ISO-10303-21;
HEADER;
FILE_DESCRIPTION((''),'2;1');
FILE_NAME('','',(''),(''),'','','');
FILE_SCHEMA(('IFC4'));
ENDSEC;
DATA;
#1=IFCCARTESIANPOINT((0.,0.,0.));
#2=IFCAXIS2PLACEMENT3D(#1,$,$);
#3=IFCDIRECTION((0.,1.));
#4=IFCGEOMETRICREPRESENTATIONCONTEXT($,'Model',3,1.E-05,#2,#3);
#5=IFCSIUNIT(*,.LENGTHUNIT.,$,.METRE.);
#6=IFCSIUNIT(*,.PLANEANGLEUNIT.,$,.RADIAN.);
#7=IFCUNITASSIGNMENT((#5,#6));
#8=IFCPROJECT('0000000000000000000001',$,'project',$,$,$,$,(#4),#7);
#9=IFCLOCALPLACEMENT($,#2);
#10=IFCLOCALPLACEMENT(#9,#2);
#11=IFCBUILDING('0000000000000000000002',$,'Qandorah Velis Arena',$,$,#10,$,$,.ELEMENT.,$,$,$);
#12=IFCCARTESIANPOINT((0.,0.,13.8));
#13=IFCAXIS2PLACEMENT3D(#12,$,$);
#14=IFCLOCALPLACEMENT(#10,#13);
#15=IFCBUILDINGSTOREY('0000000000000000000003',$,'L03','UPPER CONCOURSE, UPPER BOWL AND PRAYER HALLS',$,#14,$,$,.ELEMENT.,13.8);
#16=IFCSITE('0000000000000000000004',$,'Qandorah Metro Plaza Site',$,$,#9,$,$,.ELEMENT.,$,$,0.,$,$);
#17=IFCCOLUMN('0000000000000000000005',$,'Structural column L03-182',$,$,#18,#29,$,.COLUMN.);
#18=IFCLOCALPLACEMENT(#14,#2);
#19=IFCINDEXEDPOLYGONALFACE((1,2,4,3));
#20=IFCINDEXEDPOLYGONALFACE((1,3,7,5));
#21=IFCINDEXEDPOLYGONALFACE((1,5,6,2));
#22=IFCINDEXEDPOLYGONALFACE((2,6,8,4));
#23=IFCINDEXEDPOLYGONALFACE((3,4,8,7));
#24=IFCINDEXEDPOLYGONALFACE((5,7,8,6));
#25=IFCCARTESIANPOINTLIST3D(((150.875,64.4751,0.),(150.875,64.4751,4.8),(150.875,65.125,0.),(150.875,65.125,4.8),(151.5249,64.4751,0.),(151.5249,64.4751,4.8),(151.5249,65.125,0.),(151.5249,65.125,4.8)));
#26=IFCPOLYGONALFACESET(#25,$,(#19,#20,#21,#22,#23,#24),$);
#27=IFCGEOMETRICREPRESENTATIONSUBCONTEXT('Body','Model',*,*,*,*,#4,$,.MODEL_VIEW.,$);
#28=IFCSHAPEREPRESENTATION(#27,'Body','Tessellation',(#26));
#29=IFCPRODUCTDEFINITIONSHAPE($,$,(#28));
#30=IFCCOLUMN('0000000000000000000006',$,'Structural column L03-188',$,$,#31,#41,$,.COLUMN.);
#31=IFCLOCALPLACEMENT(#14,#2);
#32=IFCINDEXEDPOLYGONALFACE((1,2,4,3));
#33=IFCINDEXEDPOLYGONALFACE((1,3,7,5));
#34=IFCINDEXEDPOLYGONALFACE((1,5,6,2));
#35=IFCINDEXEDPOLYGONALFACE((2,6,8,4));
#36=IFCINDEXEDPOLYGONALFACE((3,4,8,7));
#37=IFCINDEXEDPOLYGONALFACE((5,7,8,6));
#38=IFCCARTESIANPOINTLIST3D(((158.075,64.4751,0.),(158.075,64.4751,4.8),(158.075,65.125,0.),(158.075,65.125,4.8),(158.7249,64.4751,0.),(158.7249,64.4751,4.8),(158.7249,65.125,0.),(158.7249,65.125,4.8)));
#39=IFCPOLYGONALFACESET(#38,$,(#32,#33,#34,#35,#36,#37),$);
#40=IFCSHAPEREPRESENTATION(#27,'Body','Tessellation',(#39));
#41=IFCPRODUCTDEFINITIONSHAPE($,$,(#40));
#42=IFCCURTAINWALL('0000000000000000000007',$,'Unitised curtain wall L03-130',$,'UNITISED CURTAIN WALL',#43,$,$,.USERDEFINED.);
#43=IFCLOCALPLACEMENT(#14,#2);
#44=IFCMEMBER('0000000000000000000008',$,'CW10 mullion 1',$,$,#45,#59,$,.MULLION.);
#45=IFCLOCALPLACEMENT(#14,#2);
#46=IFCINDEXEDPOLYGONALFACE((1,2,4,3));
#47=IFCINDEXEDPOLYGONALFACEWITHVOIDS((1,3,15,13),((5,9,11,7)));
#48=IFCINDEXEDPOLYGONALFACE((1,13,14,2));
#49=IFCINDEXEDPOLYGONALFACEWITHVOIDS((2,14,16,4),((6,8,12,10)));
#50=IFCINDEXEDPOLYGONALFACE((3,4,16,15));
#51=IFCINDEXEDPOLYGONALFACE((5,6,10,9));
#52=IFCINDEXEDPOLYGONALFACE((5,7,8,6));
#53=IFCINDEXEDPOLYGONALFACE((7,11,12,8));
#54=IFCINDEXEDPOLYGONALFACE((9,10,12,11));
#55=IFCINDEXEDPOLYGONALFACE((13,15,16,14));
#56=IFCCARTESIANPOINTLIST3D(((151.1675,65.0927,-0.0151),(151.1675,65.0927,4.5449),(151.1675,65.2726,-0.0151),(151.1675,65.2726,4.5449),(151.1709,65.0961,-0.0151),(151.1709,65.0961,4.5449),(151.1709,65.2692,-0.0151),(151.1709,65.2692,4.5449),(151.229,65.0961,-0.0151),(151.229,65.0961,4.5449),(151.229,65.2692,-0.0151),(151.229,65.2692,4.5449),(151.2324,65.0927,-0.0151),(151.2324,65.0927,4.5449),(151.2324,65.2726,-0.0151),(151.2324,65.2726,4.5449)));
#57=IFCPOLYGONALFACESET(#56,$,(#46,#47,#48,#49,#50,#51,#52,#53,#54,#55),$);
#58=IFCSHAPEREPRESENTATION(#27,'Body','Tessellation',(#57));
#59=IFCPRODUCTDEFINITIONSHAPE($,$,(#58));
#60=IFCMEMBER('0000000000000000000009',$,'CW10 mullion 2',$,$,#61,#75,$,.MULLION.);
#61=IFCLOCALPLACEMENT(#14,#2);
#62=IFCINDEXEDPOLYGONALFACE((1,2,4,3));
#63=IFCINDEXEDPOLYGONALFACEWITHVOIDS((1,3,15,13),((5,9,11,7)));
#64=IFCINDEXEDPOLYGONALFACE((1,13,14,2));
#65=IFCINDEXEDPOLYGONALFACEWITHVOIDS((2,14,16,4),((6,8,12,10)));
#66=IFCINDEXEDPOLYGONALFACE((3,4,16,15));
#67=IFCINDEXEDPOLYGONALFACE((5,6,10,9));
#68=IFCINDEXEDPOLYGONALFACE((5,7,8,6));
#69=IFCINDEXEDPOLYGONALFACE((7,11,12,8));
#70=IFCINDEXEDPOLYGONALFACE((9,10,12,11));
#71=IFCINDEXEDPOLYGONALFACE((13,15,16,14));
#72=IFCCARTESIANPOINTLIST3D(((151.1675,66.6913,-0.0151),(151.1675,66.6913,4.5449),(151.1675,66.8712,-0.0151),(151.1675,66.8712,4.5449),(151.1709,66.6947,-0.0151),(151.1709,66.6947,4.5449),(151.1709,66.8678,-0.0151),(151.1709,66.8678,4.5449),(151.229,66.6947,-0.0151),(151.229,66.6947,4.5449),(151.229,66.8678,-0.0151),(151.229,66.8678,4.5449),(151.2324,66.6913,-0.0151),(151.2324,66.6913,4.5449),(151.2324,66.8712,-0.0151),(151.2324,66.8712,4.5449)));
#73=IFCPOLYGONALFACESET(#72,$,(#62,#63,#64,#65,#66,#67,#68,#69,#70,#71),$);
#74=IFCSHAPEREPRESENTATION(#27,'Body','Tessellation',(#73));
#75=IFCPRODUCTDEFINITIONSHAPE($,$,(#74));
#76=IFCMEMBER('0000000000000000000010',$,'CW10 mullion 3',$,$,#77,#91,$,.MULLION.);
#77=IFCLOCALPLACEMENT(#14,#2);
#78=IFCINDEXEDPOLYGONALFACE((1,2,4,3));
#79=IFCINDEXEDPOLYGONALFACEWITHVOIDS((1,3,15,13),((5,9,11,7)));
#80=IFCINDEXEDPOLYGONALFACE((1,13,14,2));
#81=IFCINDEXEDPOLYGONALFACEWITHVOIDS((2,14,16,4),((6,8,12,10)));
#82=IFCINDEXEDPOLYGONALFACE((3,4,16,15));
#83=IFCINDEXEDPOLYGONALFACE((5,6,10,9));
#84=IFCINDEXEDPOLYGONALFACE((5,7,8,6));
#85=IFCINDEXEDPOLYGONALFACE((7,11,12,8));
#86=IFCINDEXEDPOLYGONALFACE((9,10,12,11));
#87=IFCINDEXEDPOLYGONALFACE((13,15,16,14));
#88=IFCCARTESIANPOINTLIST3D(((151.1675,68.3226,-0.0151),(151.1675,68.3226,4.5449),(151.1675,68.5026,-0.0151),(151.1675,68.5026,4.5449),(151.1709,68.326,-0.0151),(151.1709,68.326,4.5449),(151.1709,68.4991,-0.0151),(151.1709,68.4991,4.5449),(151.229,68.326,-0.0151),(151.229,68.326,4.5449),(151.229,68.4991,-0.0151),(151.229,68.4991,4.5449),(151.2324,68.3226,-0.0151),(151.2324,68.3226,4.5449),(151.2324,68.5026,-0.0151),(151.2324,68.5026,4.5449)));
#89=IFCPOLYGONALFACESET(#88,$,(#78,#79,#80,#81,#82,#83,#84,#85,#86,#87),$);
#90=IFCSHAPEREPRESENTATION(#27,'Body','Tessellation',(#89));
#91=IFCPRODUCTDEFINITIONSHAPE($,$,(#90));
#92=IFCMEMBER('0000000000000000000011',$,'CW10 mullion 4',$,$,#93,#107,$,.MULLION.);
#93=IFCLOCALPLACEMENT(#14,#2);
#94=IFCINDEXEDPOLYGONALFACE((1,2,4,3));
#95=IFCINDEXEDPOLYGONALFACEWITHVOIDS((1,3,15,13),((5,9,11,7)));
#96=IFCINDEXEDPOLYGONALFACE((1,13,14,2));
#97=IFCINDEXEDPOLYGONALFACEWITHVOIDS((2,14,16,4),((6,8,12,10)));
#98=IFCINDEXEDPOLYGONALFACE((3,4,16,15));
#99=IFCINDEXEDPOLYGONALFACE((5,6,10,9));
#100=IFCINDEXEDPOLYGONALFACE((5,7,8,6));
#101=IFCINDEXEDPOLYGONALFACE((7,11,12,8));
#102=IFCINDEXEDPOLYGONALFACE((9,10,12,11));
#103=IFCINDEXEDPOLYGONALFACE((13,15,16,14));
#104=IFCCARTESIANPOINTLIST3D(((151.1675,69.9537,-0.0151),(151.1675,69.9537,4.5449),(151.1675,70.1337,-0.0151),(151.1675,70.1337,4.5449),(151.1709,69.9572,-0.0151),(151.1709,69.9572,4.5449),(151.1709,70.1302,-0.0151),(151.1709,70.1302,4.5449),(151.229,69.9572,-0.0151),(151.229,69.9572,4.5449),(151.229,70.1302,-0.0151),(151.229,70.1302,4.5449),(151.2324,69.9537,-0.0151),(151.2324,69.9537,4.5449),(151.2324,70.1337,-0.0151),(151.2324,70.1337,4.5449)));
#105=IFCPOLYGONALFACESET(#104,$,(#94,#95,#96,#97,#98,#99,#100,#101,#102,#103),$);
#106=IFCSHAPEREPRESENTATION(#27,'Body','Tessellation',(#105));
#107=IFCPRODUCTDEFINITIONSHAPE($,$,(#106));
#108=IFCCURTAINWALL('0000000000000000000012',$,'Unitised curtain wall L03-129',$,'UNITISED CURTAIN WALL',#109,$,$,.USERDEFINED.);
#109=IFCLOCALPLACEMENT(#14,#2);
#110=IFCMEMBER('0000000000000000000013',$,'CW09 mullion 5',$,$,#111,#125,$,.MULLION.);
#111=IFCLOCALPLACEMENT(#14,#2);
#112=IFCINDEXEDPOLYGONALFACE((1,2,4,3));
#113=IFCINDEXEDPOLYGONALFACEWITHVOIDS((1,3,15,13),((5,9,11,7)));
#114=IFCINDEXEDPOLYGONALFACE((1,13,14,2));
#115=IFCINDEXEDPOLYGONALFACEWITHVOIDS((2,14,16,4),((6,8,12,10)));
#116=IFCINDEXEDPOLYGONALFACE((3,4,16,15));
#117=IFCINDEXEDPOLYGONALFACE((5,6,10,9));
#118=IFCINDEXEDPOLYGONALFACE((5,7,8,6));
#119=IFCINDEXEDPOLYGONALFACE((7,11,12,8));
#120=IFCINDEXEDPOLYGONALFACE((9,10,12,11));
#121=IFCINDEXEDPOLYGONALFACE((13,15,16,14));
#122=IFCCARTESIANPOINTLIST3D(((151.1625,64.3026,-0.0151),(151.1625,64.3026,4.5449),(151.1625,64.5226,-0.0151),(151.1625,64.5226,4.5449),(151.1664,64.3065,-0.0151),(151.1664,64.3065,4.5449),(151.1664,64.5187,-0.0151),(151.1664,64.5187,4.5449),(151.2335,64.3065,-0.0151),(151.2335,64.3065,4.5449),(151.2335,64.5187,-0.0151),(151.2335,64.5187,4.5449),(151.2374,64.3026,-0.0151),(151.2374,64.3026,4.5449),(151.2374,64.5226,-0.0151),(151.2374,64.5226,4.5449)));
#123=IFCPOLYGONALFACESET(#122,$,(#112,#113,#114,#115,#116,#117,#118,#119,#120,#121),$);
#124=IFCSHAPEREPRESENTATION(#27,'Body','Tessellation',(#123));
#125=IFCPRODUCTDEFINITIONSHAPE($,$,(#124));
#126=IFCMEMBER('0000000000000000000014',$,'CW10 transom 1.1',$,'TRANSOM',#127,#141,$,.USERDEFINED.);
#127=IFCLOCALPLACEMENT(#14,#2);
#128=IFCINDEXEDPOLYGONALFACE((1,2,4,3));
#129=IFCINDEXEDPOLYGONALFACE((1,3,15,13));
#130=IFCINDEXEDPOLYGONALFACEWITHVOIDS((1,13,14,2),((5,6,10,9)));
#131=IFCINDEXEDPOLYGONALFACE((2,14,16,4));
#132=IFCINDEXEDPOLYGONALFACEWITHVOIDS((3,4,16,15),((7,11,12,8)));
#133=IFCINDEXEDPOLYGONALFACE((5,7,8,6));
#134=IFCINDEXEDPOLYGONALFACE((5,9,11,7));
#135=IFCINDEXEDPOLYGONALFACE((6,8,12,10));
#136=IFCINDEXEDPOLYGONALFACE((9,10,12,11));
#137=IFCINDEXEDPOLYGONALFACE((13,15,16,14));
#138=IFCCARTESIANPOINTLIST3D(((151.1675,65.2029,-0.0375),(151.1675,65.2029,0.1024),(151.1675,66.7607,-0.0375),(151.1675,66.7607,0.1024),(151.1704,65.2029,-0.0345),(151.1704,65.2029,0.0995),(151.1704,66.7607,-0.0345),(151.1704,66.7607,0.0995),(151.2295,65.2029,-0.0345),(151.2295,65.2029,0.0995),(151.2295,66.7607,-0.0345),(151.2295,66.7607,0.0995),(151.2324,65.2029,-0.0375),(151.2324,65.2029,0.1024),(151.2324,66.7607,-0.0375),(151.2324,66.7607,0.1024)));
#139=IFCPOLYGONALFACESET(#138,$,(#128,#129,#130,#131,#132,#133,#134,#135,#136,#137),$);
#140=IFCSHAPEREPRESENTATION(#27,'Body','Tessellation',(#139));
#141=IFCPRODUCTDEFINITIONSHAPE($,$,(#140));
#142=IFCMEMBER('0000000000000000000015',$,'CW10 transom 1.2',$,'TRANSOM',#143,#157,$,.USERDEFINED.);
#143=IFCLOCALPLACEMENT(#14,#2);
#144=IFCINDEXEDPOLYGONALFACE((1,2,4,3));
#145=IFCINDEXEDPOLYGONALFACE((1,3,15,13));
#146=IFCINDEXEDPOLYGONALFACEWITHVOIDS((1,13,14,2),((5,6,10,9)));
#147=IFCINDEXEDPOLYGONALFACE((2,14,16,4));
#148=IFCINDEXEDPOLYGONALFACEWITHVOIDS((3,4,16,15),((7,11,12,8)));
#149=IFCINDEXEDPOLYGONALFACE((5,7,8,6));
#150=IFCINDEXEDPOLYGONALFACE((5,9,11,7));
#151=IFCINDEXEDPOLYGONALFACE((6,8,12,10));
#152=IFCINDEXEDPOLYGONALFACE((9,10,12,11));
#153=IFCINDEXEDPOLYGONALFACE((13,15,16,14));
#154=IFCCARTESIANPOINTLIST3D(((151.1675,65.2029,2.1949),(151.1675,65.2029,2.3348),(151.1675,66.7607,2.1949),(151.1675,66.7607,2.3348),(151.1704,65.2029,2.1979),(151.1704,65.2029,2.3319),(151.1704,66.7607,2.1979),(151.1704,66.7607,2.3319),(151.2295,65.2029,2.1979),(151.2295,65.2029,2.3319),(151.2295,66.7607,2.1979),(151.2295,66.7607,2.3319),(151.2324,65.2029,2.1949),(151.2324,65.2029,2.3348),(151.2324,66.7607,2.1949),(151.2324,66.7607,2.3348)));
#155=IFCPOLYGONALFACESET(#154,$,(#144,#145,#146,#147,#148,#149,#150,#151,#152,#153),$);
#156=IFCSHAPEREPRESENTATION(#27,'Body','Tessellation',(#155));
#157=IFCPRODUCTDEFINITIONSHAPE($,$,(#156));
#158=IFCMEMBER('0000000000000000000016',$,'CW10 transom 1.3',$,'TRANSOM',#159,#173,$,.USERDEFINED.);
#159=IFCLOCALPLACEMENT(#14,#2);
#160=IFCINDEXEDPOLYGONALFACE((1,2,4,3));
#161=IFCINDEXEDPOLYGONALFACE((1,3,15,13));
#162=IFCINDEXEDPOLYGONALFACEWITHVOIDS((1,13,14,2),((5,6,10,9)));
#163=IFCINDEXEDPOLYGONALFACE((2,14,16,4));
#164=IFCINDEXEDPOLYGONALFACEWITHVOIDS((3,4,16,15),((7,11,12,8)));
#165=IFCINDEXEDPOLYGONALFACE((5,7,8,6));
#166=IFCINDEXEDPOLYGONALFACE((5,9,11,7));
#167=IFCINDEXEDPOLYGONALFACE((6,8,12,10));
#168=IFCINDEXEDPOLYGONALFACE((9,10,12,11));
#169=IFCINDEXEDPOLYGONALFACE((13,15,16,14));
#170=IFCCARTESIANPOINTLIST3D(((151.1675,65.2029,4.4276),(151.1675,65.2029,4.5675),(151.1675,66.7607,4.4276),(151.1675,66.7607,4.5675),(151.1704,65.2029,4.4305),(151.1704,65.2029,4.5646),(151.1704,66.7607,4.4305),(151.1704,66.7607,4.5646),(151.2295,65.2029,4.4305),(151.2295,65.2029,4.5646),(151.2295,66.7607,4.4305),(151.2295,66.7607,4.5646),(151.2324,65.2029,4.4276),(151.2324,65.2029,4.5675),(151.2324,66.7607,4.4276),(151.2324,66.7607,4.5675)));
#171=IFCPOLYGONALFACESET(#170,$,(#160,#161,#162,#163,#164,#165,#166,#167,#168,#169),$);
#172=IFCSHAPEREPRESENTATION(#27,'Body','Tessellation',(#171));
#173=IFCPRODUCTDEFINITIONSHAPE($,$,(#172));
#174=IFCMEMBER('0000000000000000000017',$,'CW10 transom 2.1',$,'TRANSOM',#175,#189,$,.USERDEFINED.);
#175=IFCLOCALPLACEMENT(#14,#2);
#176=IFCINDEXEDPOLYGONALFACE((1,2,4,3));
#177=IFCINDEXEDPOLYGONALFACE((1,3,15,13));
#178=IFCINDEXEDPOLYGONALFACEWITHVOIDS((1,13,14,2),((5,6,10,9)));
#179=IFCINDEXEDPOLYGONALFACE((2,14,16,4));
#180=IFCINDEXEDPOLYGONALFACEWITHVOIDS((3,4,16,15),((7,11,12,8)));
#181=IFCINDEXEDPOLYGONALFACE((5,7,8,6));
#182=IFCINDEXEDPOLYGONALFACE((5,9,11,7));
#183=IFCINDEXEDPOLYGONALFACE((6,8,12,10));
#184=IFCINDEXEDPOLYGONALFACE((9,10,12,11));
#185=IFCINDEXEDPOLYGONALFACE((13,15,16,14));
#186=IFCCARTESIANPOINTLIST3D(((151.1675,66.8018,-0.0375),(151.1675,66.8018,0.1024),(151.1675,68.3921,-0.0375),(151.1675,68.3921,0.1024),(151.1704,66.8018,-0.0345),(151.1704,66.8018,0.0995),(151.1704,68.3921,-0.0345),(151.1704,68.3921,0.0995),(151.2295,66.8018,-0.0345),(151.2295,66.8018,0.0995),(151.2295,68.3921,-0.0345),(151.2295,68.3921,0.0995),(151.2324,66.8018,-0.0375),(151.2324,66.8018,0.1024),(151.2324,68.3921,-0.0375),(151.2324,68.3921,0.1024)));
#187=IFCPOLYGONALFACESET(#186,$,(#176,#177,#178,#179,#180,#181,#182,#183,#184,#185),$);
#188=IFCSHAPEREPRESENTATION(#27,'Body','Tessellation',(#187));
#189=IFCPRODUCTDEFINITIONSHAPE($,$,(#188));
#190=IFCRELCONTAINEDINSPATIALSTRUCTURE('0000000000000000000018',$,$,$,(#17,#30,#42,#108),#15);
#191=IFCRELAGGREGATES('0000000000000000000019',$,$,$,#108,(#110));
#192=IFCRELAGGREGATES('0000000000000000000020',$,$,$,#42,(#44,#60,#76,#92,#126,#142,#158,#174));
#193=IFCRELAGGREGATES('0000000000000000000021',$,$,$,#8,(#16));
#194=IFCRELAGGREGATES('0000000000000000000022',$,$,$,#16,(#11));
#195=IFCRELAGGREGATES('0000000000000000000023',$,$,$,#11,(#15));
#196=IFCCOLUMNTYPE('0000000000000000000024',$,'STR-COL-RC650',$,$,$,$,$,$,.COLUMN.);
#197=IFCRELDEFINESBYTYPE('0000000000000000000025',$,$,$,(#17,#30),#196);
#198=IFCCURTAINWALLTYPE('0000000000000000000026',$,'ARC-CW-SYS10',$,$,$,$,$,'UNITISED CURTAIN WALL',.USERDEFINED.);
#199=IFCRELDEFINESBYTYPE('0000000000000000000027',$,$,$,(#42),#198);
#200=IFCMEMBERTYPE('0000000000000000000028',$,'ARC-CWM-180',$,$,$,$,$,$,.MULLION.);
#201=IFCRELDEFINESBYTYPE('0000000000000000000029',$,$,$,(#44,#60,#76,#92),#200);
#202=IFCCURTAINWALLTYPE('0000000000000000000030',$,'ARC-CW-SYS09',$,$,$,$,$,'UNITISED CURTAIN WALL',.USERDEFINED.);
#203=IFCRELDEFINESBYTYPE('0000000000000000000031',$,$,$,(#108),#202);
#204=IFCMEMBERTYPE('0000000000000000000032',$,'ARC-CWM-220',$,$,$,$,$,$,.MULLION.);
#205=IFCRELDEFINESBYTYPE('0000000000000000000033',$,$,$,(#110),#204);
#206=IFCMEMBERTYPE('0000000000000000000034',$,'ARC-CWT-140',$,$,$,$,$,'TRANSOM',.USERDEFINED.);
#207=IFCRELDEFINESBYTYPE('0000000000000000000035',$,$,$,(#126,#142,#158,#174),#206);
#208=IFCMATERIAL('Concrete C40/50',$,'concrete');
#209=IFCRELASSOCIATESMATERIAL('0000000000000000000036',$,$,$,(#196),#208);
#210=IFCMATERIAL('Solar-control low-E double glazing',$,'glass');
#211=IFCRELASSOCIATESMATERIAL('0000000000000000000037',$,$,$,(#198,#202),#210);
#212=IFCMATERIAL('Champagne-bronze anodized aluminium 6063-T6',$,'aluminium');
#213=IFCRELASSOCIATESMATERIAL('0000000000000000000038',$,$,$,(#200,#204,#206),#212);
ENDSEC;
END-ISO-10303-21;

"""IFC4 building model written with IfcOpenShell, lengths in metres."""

from ifc_helpers import new_model, si_unit, direction, frame, origin, origin_2d, place, context, subcontext, project, spatial, rectangle, hollow_rectangle, extrude, material, material_profile, profile_set, type_object, element, aggregate, save


model = new_model("IFC4")

# Units and contexts
model_context = context("Model", 3, precision=1e-05, world=origin(), true_north=direction((0.0, 1.0)))
body_context = subcontext(model_context, "Body", "Model", "MODEL_VIEW")
ifc_project = project(units=[si_unit("LENGTHUNIT", "METRE"), si_unit("PLANEANGLEUNIT", "RADIAN")], contexts=[model_context])

# Site, building, storey
site_placement = place(None, origin())
site = spatial("IfcSite", under=ifc_project, at=site_placement, Name="Qandorah Metro Plaza Site", CompositionType="ELEMENT", RefElevation=0.0)
building_placement = place(site_placement, origin())
building = spatial("IfcBuilding", under=site, at=building_placement, Name="Qandorah Velis Arena", CompositionType="ELEMENT")
storey_placement = place(building_placement, frame((0.0, 0.0, 13.8)))
storey = spatial("IfcBuildingStorey", under=building, at=storey_placement, Name="L03", Description="UPPER CONCOURSE, UPPER BOWL AND PRAYER HALLS", CompositionType="ELEMENT", Elevation=13.8)

# Columns
ifc_material_1 = material(Name="Concrete C40/50", Category="concrete")
ifc_material_profile_1 = material_profile(ifc_material_1, rectangle(XDim=0.6499, YDim=0.6499, at=origin_2d()), Name="RC COL 650x650")
ifc_profile_set_1 = profile_set([ifc_material_profile_1], Name="Concrete C40/50")
column_type = type_object("IfcColumnType", Name="STR-COL-RC650", PredefinedType="COLUMN", material=ifc_profile_set_1)
for number, where, z_axis, x_axis, name in (
    (1, (151.2, 64.8, 0.0), (0.0, 0.0, 1.0), (1.0, 0.0, 0.0), "Structural column L03-182"),
    (2, (158.3999, 64.8, 0.0), (0.0, 0.0, 1.0), (1.0, 0.0, 0.0), "Structural column L03-188"),
):
    element("IfcColumn", number, at=place(storey_placement, frame(where, z_axis=z_axis, x_axis=x_axis)), inside=storey, type_object=column_type, Name=name, PredefinedType="COLUMN", context=body_context, shape_type="SweptSolid", body=[
        extrude(rectangle(XDim=0.6499, YDim=0.6499, at=origin_2d()), origin(), (0.0, 0.0, 1.0), 4.8),
    ])

# Curtain wall, members
ifc_material_2 = material(Name="Solar-control low-E double glazing", Category="glass")
curtain_wall_type_1 = type_object("IfcCurtainWallType", Name="ARC-CW-SYS10", ElementType="UNITISED CURTAIN WALL", PredefinedType="USERDEFINED", material=ifc_material_2)
curtain_wall_1_placement = place(storey_placement, origin())
curtain_wall_1 = element("IfcCurtainWall", 3, at=curtain_wall_1_placement, inside=storey, type_object=curtain_wall_type_1, Name="Unitised curtain wall L03-130", ObjectType="UNITISED CURTAIN WALL", PredefinedType="USERDEFINED")
ifc_material_3 = material(Name="Champagne-bronze anodized aluminium 6063-T6", Category="aluminium")
ifc_material_profile_2 = material_profile(ifc_material_3, hollow_rectangle(XDim=0.0649, YDim=0.1799, WallThickness=0.0034, at=origin_2d()), Name="ALU MULLION 65x180")
ifc_profile_set_2 = profile_set([ifc_material_profile_2], Name="Champagne-bronze anodized aluminium 6063-T6")
member_type_1 = type_object("IfcMemberType", Name="ARC-CWM-180", PredefinedType="MULLION", material=ifc_profile_set_2)
member_1_placement = place(storey_placement, frame((151.2, 65.1826, -0.0151), z_axis=(0.0, 0.0, 1.0), x_axis=(-1.0, 0.0, 0.0)))
member_1 = element("IfcMember", 4, at=member_1_placement, type_object=member_type_1, Name="CW10 mullion 1", PredefinedType="MULLION", context=body_context, shape_type="SweptSolid", body=[
    extrude(hollow_rectangle(XDim=0.0649, YDim=0.1799, WallThickness=0.0034, at=origin_2d()), origin(), (0.0, 0.0, 1.0), 4.5601),
])
member_2_placement = place(storey_placement, frame((151.2, 66.7812, -0.0151), z_axis=(0.0, 0.0, 1.0), x_axis=(-1.0, 0.0, 0.0)))
member_2 = element("IfcMember", 5, at=member_2_placement, type_object=member_type_1, Name="CW10 mullion 2", PredefinedType="MULLION", context=body_context, shape_type="SweptSolid", body=[
    extrude(hollow_rectangle(XDim=0.0649, YDim=0.1799, WallThickness=0.0034, at=origin_2d()), origin(), (0.0, 0.0, 1.0), 4.5601),
])
member_3_placement = place(storey_placement, frame((151.2, 68.4126, -0.0151), z_axis=(0.0, 0.0, 1.0), x_axis=(-1.0, 0.0, 0.0)))
member_3 = element("IfcMember", 6, at=member_3_placement, type_object=member_type_1, Name="CW10 mullion 3", PredefinedType="MULLION", context=body_context, shape_type="SweptSolid", body=[
    extrude(hollow_rectangle(XDim=0.0649, YDim=0.1799, WallThickness=0.0034, at=origin_2d()), origin(), (0.0, 0.0, 1.0), 4.5601),
])
member_4_placement = place(storey_placement, frame((151.2, 70.0437, -0.0151), z_axis=(0.0, 0.0, 1.0), x_axis=(-1.0, 0.0, 0.0)))
member_4 = element("IfcMember", 7, at=member_4_placement, type_object=member_type_1, Name="CW10 mullion 4", PredefinedType="MULLION", context=body_context, shape_type="SweptSolid", body=[
    extrude(hollow_rectangle(XDim=0.0649, YDim=0.1799, WallThickness=0.0034, at=origin_2d()), origin(), (0.0, 0.0, 1.0), 4.5601),
])

# Curtain wall, member
curtain_wall_type_2 = type_object("IfcCurtainWallType", Name="ARC-CW-SYS09", ElementType="UNITISED CURTAIN WALL", PredefinedType="USERDEFINED", material=ifc_material_2)
curtain_wall_2_placement = place(storey_placement, origin())
curtain_wall_2 = element("IfcCurtainWall", 8, at=curtain_wall_2_placement, inside=storey, type_object=curtain_wall_type_2, Name="Unitised curtain wall L03-129", ObjectType="UNITISED CURTAIN WALL", PredefinedType="USERDEFINED")
ifc_material_profile_3 = material_profile(ifc_material_3, hollow_rectangle(XDim=0.075, YDim=0.22, WallThickness=0.0039, at=origin_2d()), Name="ALU MULLION 75x220")
ifc_profile_set_3 = profile_set([ifc_material_profile_3], Name="Champagne-bronze anodized aluminium 6063-T6")
member_type_2 = type_object("IfcMemberType", Name="ARC-CWM-220", PredefinedType="MULLION", material=ifc_profile_set_3)
member_5_placement = place(storey_placement, frame((151.2, 64.4126, -0.0151), z_axis=(0.0, 0.0, 1.0), x_axis=(-1.0, 0.0, 0.0)))
member_5 = element("IfcMember", 9, at=member_5_placement, type_object=member_type_2, Name="CW09 mullion 5", PredefinedType="MULLION", context=body_context, shape_type="SweptSolid", body=[
    extrude(hollow_rectangle(XDim=0.075, YDim=0.22, WallThickness=0.0039, at=origin_2d()), origin(), (0.0, 0.0, 1.0), 4.5601),
])
aggregate(curtain_wall_2, [member_5])

# Members
ifc_material_profile_4 = material_profile(ifc_material_3, hollow_rectangle(XDim=0.0649, YDim=0.1399, WallThickness=0.0029, at=origin_2d()), Name="ALU TRANSOM 65x140")
ifc_profile_set_4 = profile_set([ifc_material_profile_4], Name="Champagne-bronze anodized aluminium 6063-T6")
member_type_3 = type_object("IfcMemberType", Name="ARC-CWT-140", ElementType="TRANSOM", PredefinedType="USERDEFINED", material=ifc_profile_set_4)
member_6_placement = place(storey_placement, frame((151.2, 65.2029, 0.0325), z_axis=(0.0, 1.0, 0.0), x_axis=(-1.0, 0.0, 0.0)))
member_6 = element("IfcMember", 10, at=member_6_placement, type_object=member_type_3, Name="CW10 transom 1.1", ObjectType="TRANSOM", PredefinedType="USERDEFINED", context=body_context, shape_type="SweptSolid", body=[
    extrude(hollow_rectangle(XDim=0.0649, YDim=0.1399, WallThickness=0.0029, at=origin_2d()), origin(), (0.0, 0.0, 1.0), 1.5579),
])
member_7_placement = place(storey_placement, frame((151.2, 65.2029, 2.2649), z_axis=(0.0, 1.0, 0.0), x_axis=(-1.0, 0.0, 0.0)))
member_7 = element("IfcMember", 11, at=member_7_placement, type_object=member_type_3, Name="CW10 transom 1.2", ObjectType="TRANSOM", PredefinedType="USERDEFINED", context=body_context, shape_type="SweptSolid", body=[
    extrude(hollow_rectangle(XDim=0.0649, YDim=0.1399, WallThickness=0.0029, at=origin_2d()), origin(), (0.0, 0.0, 1.0), 1.5579),
])
member_8_placement = place(storey_placement, frame((151.2, 65.2029, 4.4976), z_axis=(0.0, 1.0, 0.0), x_axis=(-1.0, 0.0, 0.0)))
member_8 = element("IfcMember", 12, at=member_8_placement, type_object=member_type_3, Name="CW10 transom 1.3", ObjectType="TRANSOM", PredefinedType="USERDEFINED", context=body_context, shape_type="SweptSolid", body=[
    extrude(hollow_rectangle(XDim=0.0649, YDim=0.1399, WallThickness=0.0029, at=origin_2d()), origin(), (0.0, 0.0, 1.0), 1.5579),
])
member_9_placement = place(storey_placement, frame((151.2, 66.8018, 0.0325), z_axis=(0.0, 1.0, 0.0), x_axis=(-1.0, 0.0, 0.0)))
member_9 = element("IfcMember", 13, at=member_9_placement, type_object=member_type_3, Name="CW10 transom 2.1", ObjectType="TRANSOM", PredefinedType="USERDEFINED", context=body_context, shape_type="SweptSolid", body=[
    extrude(hollow_rectangle(XDim=0.0649, YDim=0.1399, WallThickness=0.0029, at=origin_2d()), origin(), (0.0, 0.0, 1.0), 1.5903),
])

aggregate(curtain_wall_1, [member_1, member_2, member_3, member_4, member_6, member_7, member_8, member_9])

save(model, "model.ifc")
